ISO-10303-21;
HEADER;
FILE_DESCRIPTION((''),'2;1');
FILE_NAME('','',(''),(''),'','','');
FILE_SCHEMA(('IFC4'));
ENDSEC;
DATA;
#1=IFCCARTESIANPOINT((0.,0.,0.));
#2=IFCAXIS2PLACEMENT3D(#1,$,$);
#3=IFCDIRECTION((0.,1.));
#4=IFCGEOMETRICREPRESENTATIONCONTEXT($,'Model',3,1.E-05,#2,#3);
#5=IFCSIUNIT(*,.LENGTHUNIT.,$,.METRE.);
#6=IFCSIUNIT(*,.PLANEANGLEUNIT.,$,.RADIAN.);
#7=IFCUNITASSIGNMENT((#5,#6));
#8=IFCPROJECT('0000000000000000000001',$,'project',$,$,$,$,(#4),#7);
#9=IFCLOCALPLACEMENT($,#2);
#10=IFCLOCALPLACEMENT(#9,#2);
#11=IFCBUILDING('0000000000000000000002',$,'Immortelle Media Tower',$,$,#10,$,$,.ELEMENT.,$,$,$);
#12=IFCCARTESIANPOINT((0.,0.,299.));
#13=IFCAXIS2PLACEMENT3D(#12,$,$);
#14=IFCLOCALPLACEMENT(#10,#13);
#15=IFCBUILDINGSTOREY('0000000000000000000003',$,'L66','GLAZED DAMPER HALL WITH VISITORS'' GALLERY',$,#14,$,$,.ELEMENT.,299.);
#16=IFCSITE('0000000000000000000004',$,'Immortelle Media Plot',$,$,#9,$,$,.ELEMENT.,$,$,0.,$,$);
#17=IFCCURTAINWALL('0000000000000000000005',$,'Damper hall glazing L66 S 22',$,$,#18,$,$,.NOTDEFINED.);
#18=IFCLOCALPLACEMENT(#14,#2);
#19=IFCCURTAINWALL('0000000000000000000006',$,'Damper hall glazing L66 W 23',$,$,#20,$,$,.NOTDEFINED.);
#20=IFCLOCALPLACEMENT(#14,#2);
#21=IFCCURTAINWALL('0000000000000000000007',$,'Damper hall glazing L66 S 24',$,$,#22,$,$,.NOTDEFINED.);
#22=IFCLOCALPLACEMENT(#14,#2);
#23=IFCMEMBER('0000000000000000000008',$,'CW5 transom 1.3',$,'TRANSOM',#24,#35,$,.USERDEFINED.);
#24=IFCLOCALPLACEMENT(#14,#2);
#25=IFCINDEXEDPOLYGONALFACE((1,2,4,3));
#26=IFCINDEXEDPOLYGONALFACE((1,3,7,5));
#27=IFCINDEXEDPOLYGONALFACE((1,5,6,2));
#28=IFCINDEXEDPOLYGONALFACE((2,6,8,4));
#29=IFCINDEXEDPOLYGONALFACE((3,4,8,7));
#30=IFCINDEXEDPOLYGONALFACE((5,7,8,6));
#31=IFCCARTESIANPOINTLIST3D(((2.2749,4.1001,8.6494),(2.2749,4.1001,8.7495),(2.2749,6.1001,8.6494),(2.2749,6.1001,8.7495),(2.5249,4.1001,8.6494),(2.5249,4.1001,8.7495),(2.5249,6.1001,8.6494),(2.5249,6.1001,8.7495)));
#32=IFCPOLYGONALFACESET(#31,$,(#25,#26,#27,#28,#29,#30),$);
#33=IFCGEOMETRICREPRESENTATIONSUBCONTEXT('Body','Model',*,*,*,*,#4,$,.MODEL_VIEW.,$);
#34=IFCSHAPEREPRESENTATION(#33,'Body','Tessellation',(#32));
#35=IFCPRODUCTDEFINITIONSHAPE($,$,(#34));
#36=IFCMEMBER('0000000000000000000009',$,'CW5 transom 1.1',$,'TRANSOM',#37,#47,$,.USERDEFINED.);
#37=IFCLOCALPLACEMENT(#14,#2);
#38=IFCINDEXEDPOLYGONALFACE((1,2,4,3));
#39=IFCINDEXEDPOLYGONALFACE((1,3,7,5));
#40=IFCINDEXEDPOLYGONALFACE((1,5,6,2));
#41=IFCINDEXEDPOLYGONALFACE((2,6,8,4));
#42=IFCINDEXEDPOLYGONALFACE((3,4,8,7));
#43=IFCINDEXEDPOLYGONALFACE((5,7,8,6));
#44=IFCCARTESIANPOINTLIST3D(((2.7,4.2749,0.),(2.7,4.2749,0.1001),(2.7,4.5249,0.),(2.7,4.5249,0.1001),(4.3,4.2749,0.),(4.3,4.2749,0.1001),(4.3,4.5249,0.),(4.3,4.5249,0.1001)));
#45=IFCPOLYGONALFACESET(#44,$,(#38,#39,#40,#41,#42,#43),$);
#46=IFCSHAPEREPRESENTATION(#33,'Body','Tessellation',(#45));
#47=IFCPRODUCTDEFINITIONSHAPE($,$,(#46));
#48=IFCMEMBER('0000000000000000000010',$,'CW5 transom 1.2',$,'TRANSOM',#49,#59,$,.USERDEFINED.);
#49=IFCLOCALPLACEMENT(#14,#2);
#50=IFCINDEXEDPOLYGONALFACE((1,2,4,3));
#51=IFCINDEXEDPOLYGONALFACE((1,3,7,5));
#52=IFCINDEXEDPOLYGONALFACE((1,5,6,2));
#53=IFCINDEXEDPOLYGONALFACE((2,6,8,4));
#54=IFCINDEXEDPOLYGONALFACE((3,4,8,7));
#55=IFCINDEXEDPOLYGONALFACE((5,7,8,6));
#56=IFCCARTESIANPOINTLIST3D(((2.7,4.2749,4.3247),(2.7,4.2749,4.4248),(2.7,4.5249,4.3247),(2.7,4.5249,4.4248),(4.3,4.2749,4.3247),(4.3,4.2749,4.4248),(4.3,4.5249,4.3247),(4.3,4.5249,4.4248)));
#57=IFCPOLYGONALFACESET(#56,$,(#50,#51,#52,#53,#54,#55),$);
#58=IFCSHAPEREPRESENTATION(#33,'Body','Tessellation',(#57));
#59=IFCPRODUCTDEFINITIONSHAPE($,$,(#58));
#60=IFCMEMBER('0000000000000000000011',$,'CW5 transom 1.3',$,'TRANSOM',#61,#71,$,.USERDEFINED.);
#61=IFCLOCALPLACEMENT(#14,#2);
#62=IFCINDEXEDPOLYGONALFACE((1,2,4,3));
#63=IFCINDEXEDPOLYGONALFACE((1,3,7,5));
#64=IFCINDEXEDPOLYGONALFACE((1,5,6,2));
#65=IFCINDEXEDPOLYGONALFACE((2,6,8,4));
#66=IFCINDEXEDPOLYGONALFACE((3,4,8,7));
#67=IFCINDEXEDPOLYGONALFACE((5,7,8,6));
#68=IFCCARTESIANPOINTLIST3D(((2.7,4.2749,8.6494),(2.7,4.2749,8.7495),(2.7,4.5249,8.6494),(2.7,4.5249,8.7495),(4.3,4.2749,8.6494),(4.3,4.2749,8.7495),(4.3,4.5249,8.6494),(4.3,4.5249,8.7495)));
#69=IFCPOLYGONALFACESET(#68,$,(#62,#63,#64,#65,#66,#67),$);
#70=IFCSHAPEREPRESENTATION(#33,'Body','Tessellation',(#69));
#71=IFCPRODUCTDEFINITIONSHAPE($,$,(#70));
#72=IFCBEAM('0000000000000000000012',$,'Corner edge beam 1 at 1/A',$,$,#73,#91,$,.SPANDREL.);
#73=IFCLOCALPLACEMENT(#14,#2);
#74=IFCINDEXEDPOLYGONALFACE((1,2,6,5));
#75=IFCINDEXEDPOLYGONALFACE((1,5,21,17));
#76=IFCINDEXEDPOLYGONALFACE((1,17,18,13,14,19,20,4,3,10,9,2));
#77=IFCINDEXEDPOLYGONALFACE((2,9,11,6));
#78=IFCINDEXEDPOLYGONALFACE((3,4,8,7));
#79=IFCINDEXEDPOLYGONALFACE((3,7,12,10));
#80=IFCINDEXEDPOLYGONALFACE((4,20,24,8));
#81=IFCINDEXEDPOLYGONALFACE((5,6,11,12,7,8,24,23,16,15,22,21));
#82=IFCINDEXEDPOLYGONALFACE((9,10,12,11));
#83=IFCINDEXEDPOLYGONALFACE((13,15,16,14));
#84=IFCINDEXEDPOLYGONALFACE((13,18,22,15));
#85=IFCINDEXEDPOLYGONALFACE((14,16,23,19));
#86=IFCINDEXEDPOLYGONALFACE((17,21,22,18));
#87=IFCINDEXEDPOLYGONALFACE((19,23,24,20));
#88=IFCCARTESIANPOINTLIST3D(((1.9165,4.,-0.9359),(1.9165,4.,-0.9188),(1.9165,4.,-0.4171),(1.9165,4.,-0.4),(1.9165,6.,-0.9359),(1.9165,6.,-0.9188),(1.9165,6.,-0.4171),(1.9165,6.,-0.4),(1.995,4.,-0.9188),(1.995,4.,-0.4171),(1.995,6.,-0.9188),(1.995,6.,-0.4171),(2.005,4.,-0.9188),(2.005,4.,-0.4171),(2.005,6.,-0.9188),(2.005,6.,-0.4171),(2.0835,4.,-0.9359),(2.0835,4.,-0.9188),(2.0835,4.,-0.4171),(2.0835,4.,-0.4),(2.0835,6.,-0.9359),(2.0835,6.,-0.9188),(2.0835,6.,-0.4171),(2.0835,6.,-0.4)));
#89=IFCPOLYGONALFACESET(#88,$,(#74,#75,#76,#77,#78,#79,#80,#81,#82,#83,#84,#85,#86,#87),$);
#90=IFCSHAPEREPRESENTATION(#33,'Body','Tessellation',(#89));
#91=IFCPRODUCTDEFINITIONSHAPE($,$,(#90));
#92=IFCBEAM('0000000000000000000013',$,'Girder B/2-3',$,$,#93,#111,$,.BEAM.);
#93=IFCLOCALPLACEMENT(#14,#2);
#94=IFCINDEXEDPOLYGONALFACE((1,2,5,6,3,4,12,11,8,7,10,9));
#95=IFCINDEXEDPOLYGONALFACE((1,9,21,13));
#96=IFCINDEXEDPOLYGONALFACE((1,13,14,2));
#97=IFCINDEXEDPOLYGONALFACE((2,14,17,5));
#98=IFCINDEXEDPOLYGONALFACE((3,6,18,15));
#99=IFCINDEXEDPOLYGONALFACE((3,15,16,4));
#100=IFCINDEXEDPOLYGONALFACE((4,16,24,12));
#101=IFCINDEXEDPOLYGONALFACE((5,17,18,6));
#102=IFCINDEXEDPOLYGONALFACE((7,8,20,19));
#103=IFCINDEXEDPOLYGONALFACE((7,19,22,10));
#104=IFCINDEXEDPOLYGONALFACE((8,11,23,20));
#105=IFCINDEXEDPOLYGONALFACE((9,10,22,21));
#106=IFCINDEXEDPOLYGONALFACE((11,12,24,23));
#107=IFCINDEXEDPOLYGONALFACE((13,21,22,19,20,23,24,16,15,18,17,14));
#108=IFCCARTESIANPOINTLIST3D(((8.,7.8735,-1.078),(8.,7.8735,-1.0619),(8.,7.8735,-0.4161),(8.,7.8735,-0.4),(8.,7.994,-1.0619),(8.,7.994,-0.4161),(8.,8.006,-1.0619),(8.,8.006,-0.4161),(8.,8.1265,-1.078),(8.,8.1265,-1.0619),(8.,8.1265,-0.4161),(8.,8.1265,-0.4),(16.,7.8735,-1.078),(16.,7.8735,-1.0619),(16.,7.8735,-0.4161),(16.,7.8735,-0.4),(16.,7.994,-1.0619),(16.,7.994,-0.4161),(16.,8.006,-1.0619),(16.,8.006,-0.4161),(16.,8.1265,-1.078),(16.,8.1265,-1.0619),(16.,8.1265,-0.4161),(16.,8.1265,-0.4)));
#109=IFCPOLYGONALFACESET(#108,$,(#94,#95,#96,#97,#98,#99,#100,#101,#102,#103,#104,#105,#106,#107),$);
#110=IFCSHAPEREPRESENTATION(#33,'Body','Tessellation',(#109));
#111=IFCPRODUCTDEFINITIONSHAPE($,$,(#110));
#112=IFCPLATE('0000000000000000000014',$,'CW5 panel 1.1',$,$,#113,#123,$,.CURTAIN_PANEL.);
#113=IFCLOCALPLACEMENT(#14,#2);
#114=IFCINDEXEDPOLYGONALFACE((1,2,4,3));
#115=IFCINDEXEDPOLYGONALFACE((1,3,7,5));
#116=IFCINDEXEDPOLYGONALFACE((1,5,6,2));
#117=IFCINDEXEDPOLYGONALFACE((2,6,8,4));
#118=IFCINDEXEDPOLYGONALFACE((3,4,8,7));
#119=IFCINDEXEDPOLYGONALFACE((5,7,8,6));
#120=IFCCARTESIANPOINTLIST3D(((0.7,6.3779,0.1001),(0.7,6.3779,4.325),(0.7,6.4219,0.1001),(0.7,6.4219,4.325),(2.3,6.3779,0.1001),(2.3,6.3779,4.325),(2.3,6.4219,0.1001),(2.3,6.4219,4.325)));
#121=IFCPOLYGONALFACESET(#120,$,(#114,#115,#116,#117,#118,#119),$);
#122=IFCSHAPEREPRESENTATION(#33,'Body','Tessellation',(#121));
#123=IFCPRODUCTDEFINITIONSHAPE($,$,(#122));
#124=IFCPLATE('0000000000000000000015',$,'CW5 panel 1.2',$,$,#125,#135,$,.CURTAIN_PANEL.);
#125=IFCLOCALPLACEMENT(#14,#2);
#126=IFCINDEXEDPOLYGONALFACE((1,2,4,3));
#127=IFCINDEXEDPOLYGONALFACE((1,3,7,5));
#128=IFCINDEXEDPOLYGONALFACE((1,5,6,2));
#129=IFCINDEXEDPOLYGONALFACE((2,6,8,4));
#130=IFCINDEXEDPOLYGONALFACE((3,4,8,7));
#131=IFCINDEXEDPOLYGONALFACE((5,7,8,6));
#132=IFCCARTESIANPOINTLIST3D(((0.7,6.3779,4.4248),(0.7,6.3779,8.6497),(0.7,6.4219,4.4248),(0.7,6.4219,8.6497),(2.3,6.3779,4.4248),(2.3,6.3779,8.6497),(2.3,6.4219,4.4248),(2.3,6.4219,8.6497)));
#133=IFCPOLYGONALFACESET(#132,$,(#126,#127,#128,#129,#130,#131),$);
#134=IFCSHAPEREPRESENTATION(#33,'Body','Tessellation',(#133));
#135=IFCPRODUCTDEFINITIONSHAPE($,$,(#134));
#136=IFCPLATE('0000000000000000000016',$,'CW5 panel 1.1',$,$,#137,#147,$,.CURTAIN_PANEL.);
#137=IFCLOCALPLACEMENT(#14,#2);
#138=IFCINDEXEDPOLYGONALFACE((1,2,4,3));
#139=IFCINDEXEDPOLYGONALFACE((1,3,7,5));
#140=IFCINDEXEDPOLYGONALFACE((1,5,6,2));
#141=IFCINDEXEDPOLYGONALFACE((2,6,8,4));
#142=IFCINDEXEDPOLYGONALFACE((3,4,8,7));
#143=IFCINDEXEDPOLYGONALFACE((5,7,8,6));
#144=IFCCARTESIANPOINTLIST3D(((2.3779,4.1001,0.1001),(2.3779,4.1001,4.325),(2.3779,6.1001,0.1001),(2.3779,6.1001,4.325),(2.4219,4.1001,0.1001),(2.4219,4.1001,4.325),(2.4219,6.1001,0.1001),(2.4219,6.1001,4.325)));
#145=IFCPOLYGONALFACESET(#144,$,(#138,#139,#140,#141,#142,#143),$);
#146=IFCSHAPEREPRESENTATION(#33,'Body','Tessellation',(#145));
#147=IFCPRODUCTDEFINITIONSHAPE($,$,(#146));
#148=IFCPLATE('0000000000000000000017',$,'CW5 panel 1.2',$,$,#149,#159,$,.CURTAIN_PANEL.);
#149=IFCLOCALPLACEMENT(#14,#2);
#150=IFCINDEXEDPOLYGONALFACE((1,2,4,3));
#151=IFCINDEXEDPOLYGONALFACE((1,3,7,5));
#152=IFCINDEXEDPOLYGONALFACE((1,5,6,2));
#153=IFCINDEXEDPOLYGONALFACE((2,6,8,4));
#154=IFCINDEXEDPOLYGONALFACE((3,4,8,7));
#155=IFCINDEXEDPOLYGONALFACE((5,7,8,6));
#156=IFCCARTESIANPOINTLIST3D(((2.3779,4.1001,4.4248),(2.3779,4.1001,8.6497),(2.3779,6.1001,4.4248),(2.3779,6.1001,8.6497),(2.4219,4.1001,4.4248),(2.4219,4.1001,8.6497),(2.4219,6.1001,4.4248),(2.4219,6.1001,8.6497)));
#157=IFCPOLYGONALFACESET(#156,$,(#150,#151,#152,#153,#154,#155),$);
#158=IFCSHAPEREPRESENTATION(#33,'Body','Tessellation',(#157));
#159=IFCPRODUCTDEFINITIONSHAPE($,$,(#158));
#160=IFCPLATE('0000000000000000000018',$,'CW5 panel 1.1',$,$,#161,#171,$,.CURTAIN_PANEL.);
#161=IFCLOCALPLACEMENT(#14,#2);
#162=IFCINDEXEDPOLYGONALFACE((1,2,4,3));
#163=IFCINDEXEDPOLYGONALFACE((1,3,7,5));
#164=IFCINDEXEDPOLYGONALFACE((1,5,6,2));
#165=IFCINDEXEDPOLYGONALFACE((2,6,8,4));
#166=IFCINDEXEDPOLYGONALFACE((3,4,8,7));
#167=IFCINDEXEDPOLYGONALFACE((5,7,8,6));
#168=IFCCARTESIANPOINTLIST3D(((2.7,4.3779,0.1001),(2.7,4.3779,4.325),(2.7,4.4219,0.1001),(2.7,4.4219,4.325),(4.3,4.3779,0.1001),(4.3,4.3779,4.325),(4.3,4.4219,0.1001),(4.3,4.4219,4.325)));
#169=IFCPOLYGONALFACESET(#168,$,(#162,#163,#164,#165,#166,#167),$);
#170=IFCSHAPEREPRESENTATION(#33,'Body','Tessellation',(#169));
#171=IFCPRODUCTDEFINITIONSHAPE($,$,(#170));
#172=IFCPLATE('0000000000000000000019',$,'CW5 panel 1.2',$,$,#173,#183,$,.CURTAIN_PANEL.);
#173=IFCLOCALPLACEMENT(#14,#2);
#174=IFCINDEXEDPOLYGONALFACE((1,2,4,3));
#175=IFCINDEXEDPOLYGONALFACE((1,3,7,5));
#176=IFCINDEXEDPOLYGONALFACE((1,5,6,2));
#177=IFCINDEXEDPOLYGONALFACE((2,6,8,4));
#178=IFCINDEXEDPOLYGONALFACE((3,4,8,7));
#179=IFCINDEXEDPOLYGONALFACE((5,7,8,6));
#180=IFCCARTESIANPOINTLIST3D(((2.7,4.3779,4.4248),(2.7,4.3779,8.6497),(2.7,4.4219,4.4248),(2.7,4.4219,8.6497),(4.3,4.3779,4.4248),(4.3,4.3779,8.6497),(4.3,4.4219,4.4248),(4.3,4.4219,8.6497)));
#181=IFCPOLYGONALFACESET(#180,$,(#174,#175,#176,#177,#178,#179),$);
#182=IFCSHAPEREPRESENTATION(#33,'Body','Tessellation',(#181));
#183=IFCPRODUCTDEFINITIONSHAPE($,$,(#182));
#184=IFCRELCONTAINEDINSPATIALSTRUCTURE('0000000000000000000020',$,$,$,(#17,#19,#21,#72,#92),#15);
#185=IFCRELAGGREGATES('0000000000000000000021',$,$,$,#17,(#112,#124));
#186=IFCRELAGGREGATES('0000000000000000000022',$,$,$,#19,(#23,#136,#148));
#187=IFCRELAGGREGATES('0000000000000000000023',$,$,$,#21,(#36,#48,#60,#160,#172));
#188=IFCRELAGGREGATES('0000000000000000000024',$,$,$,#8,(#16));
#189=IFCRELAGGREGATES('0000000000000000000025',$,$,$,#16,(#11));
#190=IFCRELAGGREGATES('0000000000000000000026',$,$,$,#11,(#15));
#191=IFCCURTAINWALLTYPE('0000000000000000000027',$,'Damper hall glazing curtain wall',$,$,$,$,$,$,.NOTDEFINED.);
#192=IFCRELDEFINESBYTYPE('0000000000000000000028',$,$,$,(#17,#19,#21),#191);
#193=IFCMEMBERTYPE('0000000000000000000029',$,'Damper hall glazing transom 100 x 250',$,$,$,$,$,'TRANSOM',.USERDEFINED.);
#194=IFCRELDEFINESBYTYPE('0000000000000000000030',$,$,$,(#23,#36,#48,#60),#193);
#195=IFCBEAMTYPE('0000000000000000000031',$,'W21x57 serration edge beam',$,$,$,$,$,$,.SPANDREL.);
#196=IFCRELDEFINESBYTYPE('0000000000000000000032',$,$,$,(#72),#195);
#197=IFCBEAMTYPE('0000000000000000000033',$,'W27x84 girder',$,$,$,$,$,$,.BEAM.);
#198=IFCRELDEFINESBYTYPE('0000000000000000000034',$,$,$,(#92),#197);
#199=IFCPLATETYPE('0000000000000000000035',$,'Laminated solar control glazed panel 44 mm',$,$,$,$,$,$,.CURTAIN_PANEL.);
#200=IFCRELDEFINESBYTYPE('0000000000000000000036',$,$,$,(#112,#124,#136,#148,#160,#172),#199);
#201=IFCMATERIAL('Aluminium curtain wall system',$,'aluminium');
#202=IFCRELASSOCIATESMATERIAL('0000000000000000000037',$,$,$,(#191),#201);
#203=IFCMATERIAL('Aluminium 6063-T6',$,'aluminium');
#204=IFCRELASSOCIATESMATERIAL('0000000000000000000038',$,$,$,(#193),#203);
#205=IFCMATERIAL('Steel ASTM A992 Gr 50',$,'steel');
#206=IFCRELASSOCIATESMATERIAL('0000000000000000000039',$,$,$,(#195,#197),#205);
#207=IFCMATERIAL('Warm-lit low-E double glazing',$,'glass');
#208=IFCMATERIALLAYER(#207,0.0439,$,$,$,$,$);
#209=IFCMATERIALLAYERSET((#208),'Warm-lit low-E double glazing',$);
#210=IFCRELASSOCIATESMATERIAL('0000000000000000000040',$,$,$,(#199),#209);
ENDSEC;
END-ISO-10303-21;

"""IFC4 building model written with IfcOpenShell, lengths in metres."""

from ifc_helpers import new_model, si_unit, direction, frame, origin, origin_2d, place, context, subcontext, project, spatial, rectangle, i_section, extrude, material, layer, layer_set, material_profile, profile_set, type_object, element, aggregate, save


model = new_model("IFC4")

# Units and contexts
model_context = context("Model", 3, precision=1e-05, world=origin(), true_north=direction((0.0, 1.0)))
body_context = subcontext(model_context, "Body", "Model", "MODEL_VIEW")
ifc_project = project(units=[si_unit("LENGTHUNIT", "METRE"), si_unit("PLANEANGLEUNIT", "RADIAN")], contexts=[model_context])

# Site, building, storey
site_placement = place(None, origin())
site = spatial("IfcSite", under=ifc_project, at=site_placement, Name="Immortelle Media Plot", CompositionType="ELEMENT", RefElevation=0.0)
building_placement = place(site_placement, origin())
building = spatial("IfcBuilding", under=site, at=building_placement, Name="Immortelle Media Tower", CompositionType="ELEMENT")
storey_placement = place(building_placement, frame((0.0, 0.0, 299.0)))
storey = spatial("IfcBuildingStorey", under=building, at=storey_placement, Name="L66", Description="GLAZED DAMPER HALL WITH VISITORS' GALLERY", CompositionType="ELEMENT", Elevation=299.0)

# Shared definitions
ifc_material_1 = material(Name="Steel ASTM A992 Gr 50", Category="steel")

# Curtain walls
ifc_material_2 = material(Name="Aluminium curtain wall system", Category="aluminium")
curtain_wall_type = type_object("IfcCurtainWallType", Name="Damper hall glazing curtain wall", PredefinedType="NOTDEFINED", material=ifc_material_2)
curtain_wall_1_placement = place(storey_placement, origin())
curtain_wall_1 = element("IfcCurtainWall", 1, at=curtain_wall_1_placement, inside=storey, type_object=curtain_wall_type, Name="Damper hall glazing L66 S 22", PredefinedType="NOTDEFINED")
ifc_material_3 = material(Name="Aluminium 6063-T6", Category="aluminium")
curtain_wall_2_placement = place(storey_placement, origin())
curtain_wall_2 = element("IfcCurtainWall", 2, at=curtain_wall_2_placement, inside=storey, type_object=curtain_wall_type, Name="Damper hall glazing L66 W 23", PredefinedType="NOTDEFINED")

# Curtain wall
curtain_wall_3_placement = place(storey_placement, origin())
curtain_wall_3 = element("IfcCurtainWall", 3, at=curtain_wall_3_placement, inside=storey, type_object=curtain_wall_type, Name="Damper hall glazing L66 S 24", PredefinedType="NOTDEFINED")

# Members
ifc_material_profile_1 = material_profile(ifc_material_3, rectangle(XDim=0.25, YDim=0.1001, at=origin_2d()), Name="AL 100x250")
ifc_profile_set_1 = profile_set([ifc_material_profile_1], Name="Aluminium 6063-T6")
member_type_1 = type_object("IfcMemberType", Name="Damper hall glazing transom 100 x 250", ElementType="TRANSOM", PredefinedType="USERDEFINED", material=ifc_profile_set_1)
member_1_placement = place(storey_placement, frame((2.3999, 6.1001, 8.6995), z_axis=(0.0, -1.0, 0.0), x_axis=(1.0, 0.0, 0.0)))
member_1 = element("IfcMember", 4, at=member_1_placement, type_object=member_type_1, Name="CW5 transom 1.3", ObjectType="TRANSOM", PredefinedType="USERDEFINED", context=body_context, shape_type="SweptSolid", body=[
    extrude(rectangle(XDim=0.25, YDim=0.1001, at=origin_2d()), origin(), (0.0, 0.0, 1.0), 2.0),
])
member_2_placement = place(storey_placement, frame((2.7, 4.3999, 0.05), z_axis=(1.0, 0.0, 0.0), x_axis=(0.0, 1.0, 0.0)))
member_2 = element("IfcMember", 5, at=member_2_placement, type_object=member_type_1, Name="CW5 transom 1.1", ObjectType="TRANSOM", PredefinedType="USERDEFINED", context=body_context, shape_type="SweptSolid", body=[
    extrude(rectangle(XDim=0.25, YDim=0.1001, at=origin_2d()), origin(), (0.0, 0.0, 1.0), 1.6001),
])
member_3_placement = place(storey_placement, frame((2.7, 4.3999, 4.3748), z_axis=(1.0, 0.0, 0.0), x_axis=(0.0, 1.0, 0.0)))
member_3 = element("IfcMember", 6, at=member_3_placement, type_object=member_type_1, Name="CW5 transom 1.2", ObjectType="TRANSOM", PredefinedType="USERDEFINED", context=body_context, shape_type="SweptSolid", body=[
    extrude(rectangle(XDim=0.25, YDim=0.1001, at=origin_2d()), origin(), (0.0, 0.0, 1.0), 1.6001),
])
member_4_placement = place(storey_placement, frame((2.7, 4.3999, 8.6995), z_axis=(1.0, 0.0, 0.0), x_axis=(0.0, 1.0, 0.0)))
member_4 = element("IfcMember", 7, at=member_4_placement, type_object=member_type_1, Name="CW5 transom 1.3", ObjectType="TRANSOM", PredefinedType="USERDEFINED", context=body_context, shape_type="SweptSolid", body=[
    extrude(rectangle(XDim=0.25, YDim=0.1001, at=origin_2d()), origin(), (0.0, 0.0, 1.0), 1.6001),
])

# Beams
ifc_material_profile_2 = material_profile(ifc_material_1, i_section(OverallWidth=0.167, OverallDepth=0.5359, WebThickness=0.01, FlangeThickness=0.0171, at=origin_2d()), Name="W21x57")
ifc_profile_set_2 = profile_set([ifc_material_profile_2], Name="Steel ASTM A992 Gr 50")
beam_type_1 = type_object("IfcBeamType", Name="W21x57 serration edge beam", PredefinedType="SPANDREL", material=ifc_profile_set_2)
beam_1_placement = place(storey_placement, frame((2.0, 6.0, -0.668), z_axis=(0.0, -1.0, 0.0), x_axis=(1.0, 0.0, 0.0)))
element("IfcBeam", 8, at=beam_1_placement, inside=storey, type_object=beam_type_1, Name="Corner edge beam 1 at 1/A", PredefinedType="SPANDREL", context=body_context, shape_type="SweptSolid", body=[
    extrude(i_section(OverallWidth=0.167, OverallDepth=0.5359, WebThickness=0.01, FlangeThickness=0.0171, at=origin_2d()), origin(), (0.0, 0.0, 1.0), 2.0),
])
ifc_material_profile_3 = material_profile(ifc_material_1, i_section(OverallWidth=0.2529, OverallDepth=0.678, WebThickness=0.012, FlangeThickness=0.0161, at=origin_2d()), Name="W27x84")
ifc_profile_set_3 = profile_set([ifc_material_profile_3], Name="Steel ASTM A992 Gr 50")
beam_type_2 = type_object("IfcBeamType", Name="W27x84 girder", PredefinedType="BEAM", material=ifc_profile_set_3)
beam_2_placement = place(storey_placement, frame((8.0, 8.0, -0.739), z_axis=(1.0, 0.0, 0.0), x_axis=(0.0, 1.0, 0.0)))
element("IfcBeam", 9, at=beam_2_placement, inside=storey, type_object=beam_type_2, Name="Girder B/2-3", PredefinedType="BEAM", context=body_context, shape_type="SweptSolid", body=[
    extrude(i_section(OverallWidth=0.2529, OverallDepth=0.678, WebThickness=0.012, FlangeThickness=0.0161, at=origin_2d()), origin(), (0.0, 0.0, 1.0), 8.0),
])

# Plates
ifc_material_4 = material(Name="Warm-lit low-E double glazing", Category="glass")
ifc_layer_1 = layer(ifc_material_4, 0.0439)
ifc_layer_set_1 = layer_set([ifc_layer_1], Name="Warm-lit low-E double glazing")
plate_type = type_object("IfcPlateType", Name="Laminated solar control glazed panel 44 mm", PredefinedType="CURTAIN_PANEL", material=ifc_layer_set_1)
plate_1_placement = place(storey_placement, frame((1.5, 6.3999, 0.1001), z_axis=(0.0, 0.0, 1.0), x_axis=(1.0, 0.0, 0.0)))
plate_1 = element("IfcPlate", 10, at=plate_1_placement, type_object=plate_type, Name="CW5 panel 1.1", PredefinedType="CURTAIN_PANEL", context=body_context, shape_type="SweptSolid", body=[
    extrude(rectangle(XDim=1.6001, YDim=0.0439, at=origin_2d()), origin(), (0.0, 0.0, 1.0), 4.2249),
])
plate_2_placement = place(storey_placement, frame((1.5, 6.3999, 4.4248), z_axis=(0.0, 0.0, 1.0), x_axis=(1.0, 0.0, 0.0)))
plate_2 = element("IfcPlate", 11, at=plate_2_placement, type_object=plate_type, Name="CW5 panel 1.2", PredefinedType="CURTAIN_PANEL", context=body_context, shape_type="SweptSolid", body=[
    extrude(rectangle(XDim=1.6001, YDim=0.0439, at=origin_2d()), origin(), (0.0, 0.0, 1.0), 4.2249),
])
aggregate(curtain_wall_1, [plate_1, plate_2])
plate_3_placement = place(storey_placement, frame((2.3999, 5.1001, 0.1001), z_axis=(0.0, 0.0, 1.0), x_axis=(0.0, -1.0, 0.0)))
plate_3 = element("IfcPlate", 12, at=plate_3_placement, type_object=plate_type, Name="CW5 panel 1.1", PredefinedType="CURTAIN_PANEL", context=body_context, shape_type="SweptSolid", body=[
    extrude(rectangle(XDim=2.0, YDim=0.0439, at=origin_2d()), origin(), (0.0, 0.0, 1.0), 4.2249),
])
plate_4_placement = place(storey_placement, frame((2.3999, 5.1001, 4.4248), z_axis=(0.0, 0.0, 1.0), x_axis=(0.0, -1.0, 0.0)))
plate_4 = element("IfcPlate", 13, at=plate_4_placement, type_object=plate_type, Name="CW5 panel 1.2", PredefinedType="CURTAIN_PANEL", context=body_context, shape_type="SweptSolid", body=[
    extrude(rectangle(XDim=2.0, YDim=0.0439, at=origin_2d()), origin(), (0.0, 0.0, 1.0), 4.2249),
])
aggregate(curtain_wall_2, [member_1, plate_3, plate_4])
plate_5_placement = place(storey_placement, frame((3.5, 4.3999, 0.1001), z_axis=(0.0, 0.0, 1.0), x_axis=(1.0, 0.0, 0.0)))
plate_5 = element("IfcPlate", 14, at=plate_5_placement, type_object=plate_type, Name="CW5 panel 1.1", PredefinedType="CURTAIN_PANEL", context=body_context, shape_type="SweptSolid", body=[
    extrude(rectangle(XDim=1.6001, YDim=0.0439, at=origin_2d()), origin(), (0.0, 0.0, 1.0), 4.2249),
])
plate_6_placement = place(storey_placement, frame((3.5, 4.3999, 4.4248), z_axis=(0.0, 0.0, 1.0), x_axis=(1.0, 0.0, 0.0)))
plate_6 = element("IfcPlate", 15, at=plate_6_placement, type_object=plate_type, Name="CW5 panel 1.2", PredefinedType="CURTAIN_PANEL", context=body_context, shape_type="SweptSolid", body=[
    extrude(rectangle(XDim=1.6001, YDim=0.0439, at=origin_2d()), origin(), (0.0, 0.0, 1.0), 4.2249),
])
aggregate(curtain_wall_3, [member_2, member_3, member_4, plate_5, plate_6])

save(model, "model.ifc")
